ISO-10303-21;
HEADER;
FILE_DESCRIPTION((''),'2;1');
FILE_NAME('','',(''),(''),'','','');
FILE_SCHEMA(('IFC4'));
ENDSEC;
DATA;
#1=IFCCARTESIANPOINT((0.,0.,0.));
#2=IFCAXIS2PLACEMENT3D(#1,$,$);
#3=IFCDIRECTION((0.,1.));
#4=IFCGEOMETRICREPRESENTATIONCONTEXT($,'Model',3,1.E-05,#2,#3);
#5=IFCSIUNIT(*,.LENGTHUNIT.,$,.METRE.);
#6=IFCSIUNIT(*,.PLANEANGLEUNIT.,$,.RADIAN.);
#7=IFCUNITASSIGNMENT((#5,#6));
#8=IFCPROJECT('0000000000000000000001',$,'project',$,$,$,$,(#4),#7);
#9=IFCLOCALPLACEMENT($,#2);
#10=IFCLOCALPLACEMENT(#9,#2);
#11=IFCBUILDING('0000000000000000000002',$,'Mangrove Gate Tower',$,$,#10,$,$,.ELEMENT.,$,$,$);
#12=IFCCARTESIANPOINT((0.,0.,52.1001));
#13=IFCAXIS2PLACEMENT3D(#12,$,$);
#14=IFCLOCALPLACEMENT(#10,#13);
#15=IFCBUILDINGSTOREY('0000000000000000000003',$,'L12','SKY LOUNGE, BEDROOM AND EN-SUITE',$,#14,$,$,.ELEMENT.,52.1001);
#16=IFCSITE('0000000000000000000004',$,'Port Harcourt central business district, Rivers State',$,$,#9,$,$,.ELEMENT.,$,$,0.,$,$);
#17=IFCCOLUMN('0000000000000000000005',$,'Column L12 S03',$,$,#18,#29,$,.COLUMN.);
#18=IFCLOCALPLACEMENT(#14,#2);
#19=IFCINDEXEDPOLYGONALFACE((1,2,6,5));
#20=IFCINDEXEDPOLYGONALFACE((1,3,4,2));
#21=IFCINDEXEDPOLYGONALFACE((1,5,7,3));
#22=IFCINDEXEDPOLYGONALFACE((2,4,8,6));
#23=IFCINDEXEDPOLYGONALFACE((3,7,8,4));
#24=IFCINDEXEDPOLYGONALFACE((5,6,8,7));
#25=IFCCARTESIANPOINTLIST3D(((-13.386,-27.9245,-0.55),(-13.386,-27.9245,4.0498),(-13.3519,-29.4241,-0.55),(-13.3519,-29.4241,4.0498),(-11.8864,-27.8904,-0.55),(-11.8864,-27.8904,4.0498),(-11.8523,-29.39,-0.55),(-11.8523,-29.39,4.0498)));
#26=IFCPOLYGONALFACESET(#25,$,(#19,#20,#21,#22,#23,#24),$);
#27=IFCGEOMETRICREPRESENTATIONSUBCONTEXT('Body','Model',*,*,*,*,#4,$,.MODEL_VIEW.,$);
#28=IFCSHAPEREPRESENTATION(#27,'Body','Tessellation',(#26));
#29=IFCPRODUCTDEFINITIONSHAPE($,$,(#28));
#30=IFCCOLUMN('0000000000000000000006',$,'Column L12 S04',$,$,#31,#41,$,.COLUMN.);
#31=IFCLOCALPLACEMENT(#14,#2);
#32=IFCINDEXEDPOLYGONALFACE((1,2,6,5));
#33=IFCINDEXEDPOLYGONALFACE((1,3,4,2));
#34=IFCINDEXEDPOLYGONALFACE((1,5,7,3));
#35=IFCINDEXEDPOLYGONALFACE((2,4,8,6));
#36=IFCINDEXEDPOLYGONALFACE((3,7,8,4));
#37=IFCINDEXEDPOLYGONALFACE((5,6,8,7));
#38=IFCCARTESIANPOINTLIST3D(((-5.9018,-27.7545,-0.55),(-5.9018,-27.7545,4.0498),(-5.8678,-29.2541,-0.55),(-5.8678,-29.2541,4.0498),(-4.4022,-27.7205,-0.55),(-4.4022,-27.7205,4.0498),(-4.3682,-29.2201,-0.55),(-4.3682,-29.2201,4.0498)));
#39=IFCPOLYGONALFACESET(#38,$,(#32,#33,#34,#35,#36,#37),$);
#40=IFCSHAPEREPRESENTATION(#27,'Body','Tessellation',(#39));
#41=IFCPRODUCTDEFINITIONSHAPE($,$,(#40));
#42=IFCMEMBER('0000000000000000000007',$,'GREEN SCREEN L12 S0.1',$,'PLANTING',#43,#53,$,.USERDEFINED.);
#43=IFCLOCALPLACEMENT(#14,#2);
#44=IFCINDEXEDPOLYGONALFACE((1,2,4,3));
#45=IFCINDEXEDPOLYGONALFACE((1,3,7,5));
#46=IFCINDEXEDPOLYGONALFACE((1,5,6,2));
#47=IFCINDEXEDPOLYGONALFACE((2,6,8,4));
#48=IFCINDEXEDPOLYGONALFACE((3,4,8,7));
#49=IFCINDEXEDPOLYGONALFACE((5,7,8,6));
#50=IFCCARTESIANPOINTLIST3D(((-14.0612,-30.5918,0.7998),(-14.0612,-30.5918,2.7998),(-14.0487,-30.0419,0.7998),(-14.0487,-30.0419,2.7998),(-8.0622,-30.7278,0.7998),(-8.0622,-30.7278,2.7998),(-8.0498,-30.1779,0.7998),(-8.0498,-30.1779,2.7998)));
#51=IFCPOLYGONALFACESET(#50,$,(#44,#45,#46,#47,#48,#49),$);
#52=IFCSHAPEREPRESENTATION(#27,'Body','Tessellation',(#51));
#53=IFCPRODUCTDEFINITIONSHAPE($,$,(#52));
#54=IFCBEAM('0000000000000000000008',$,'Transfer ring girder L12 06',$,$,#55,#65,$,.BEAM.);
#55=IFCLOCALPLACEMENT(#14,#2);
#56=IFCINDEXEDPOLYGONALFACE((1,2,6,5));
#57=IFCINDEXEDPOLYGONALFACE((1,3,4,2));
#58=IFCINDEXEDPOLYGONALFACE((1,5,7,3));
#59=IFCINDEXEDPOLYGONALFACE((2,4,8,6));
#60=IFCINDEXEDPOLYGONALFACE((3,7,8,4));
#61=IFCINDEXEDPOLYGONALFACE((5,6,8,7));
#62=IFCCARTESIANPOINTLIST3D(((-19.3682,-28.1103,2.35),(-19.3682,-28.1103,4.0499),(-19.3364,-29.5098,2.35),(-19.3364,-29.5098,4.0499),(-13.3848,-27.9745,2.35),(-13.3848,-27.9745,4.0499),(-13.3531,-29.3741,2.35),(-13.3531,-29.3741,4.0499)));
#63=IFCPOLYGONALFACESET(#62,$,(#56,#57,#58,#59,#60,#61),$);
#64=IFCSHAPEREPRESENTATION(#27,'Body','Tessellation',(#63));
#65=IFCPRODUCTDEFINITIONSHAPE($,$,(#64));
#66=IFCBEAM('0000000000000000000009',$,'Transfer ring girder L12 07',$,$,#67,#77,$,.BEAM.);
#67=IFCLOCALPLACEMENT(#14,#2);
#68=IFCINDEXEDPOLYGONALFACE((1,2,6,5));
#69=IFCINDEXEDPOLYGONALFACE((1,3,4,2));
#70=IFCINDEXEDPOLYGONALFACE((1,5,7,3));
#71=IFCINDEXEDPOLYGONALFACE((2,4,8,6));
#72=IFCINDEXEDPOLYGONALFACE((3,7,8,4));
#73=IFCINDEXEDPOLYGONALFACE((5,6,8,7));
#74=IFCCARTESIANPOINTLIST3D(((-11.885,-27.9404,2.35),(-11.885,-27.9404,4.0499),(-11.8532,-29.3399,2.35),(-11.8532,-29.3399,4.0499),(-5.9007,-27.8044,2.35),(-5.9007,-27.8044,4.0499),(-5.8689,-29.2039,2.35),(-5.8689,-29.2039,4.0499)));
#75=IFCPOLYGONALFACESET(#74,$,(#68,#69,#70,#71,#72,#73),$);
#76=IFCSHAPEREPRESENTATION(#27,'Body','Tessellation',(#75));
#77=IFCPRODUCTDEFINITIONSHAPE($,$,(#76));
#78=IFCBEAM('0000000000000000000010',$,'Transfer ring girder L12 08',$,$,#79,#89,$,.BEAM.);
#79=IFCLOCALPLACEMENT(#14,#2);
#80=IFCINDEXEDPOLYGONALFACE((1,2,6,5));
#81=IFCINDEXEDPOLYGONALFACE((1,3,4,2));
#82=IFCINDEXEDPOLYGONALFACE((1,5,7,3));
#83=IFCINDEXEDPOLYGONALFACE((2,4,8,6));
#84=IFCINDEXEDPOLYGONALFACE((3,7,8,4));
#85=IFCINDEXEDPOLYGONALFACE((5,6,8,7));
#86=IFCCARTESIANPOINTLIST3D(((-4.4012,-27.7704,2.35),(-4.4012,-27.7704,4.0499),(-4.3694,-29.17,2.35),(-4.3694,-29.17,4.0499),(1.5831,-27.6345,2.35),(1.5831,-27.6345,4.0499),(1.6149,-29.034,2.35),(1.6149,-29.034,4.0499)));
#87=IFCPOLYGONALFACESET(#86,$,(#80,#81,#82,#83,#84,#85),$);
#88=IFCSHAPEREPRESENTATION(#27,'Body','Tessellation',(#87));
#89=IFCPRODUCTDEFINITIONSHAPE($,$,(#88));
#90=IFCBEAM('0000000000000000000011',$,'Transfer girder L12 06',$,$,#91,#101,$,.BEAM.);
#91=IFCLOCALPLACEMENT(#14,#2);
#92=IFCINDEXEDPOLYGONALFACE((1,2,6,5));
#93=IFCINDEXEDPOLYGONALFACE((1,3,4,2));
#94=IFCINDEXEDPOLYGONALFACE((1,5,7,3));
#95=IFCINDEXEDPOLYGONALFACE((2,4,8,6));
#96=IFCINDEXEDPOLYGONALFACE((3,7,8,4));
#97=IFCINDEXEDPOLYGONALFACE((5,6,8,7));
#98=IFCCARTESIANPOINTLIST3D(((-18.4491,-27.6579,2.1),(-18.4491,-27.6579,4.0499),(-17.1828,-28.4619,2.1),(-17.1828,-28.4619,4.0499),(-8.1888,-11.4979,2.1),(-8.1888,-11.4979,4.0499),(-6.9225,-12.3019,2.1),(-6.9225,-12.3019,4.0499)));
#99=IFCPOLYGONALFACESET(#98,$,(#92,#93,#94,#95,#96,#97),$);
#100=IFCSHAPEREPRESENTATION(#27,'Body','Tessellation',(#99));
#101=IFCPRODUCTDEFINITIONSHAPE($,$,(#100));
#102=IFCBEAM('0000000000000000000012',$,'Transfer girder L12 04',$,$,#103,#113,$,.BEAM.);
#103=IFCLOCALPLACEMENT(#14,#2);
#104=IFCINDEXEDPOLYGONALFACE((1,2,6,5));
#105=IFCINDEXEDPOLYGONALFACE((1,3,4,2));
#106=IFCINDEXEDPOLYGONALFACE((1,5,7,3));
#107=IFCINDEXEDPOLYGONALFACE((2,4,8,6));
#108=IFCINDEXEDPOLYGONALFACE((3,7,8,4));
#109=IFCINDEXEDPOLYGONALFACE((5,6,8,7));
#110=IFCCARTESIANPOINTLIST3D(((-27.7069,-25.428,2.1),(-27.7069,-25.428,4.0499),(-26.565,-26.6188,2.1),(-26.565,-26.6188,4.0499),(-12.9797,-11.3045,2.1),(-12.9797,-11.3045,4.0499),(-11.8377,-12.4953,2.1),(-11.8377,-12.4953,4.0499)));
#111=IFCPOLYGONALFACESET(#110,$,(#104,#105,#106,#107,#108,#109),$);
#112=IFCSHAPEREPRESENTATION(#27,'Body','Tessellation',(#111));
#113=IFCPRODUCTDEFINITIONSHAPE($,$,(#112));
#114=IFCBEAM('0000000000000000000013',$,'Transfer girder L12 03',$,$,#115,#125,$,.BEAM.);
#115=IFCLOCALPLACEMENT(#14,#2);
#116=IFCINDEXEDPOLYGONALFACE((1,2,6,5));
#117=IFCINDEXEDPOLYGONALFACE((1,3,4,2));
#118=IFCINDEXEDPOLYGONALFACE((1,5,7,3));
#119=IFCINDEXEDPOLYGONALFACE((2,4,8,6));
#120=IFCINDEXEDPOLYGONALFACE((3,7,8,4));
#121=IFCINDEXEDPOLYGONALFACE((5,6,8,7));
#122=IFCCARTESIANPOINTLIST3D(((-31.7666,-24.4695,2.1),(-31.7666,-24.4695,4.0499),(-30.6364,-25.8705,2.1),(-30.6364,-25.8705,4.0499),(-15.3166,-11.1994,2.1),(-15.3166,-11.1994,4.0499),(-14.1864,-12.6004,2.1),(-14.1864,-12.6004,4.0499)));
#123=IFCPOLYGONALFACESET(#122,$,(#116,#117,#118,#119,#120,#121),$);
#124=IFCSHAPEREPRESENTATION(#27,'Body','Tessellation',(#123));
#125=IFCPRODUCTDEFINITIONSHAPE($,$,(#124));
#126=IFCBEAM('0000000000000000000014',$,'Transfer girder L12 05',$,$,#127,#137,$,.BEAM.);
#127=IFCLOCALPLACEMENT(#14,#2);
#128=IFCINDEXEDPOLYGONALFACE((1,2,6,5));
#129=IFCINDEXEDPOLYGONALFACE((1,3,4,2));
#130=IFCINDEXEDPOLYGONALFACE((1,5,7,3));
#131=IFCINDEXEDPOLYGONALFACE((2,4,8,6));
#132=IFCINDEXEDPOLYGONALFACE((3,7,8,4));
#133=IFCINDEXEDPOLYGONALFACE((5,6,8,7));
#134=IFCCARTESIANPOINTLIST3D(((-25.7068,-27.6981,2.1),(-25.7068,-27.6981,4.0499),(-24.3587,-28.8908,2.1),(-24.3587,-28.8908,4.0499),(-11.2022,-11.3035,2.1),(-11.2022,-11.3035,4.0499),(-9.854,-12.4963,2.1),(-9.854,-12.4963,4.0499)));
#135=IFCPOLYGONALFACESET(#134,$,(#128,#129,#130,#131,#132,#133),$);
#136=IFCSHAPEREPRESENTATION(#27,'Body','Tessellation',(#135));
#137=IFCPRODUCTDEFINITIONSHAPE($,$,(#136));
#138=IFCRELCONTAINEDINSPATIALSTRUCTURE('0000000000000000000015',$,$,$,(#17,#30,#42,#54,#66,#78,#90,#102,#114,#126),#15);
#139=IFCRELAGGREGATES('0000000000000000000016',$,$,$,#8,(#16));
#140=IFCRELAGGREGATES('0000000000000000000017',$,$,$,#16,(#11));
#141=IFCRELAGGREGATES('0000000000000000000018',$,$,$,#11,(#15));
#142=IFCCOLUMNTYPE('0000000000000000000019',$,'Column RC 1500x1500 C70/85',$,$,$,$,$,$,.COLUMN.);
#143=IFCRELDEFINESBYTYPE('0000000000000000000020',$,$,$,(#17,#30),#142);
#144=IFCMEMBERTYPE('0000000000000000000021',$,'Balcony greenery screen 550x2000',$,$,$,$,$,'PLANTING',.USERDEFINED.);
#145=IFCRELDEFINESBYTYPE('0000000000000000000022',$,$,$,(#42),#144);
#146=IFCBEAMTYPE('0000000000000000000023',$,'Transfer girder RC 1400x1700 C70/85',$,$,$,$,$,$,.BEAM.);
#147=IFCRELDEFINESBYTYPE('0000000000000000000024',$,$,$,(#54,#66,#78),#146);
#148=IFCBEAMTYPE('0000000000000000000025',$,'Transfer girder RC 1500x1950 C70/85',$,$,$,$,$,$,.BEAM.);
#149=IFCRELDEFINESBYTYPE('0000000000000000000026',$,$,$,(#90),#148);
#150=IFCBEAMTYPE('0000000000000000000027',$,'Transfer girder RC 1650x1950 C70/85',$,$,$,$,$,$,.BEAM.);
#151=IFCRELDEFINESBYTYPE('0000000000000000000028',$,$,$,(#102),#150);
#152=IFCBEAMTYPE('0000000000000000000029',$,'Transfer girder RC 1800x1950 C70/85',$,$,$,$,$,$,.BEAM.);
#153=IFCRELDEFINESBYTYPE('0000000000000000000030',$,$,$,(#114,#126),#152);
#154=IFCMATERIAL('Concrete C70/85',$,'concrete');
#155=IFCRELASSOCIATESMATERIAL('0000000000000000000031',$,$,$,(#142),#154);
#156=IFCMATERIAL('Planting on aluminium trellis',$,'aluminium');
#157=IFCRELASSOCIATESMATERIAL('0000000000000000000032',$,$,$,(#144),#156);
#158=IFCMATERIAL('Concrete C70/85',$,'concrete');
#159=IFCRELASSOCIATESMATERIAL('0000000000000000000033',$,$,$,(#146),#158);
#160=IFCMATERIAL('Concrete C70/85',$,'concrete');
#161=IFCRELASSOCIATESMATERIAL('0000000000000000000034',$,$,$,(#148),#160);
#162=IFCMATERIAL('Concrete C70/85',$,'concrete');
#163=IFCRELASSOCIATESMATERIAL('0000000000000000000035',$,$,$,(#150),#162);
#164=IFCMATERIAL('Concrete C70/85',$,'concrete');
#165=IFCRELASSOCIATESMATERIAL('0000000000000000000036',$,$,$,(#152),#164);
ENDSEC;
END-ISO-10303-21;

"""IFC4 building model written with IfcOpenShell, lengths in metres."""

from ifc_helpers import new_model, si_unit, direction, frame, origin, origin_2d, place, context, subcontext, project, spatial, rectangle, extrude, material, material_profile, profile_set, type_object, element, save


model = new_model("IFC4")

# Units and contexts
model_context = context("Model", 3, precision=1e-05, world=origin(), true_north=direction((0.0, 1.0)))
body_context = subcontext(model_context, "Body", "Model", "MODEL_VIEW")
ifc_project = project(units=[si_unit("LENGTHUNIT", "METRE"), si_unit("PLANEANGLEUNIT", "RADIAN")], contexts=[model_context])

# Site, building, storey
site_placement = place(None, origin())
site = spatial("IfcSite", under=ifc_project, at=site_placement, Name="Port Harcourt central business district, Rivers State", CompositionType="ELEMENT", RefElevation=0.0)
building_placement = place(site_placement, origin())
building = spatial("IfcBuilding", under=site, at=building_placement, Name="Mangrove Gate Tower", CompositionType="ELEMENT")
storey_placement = place(building_placement, frame((0.0, 0.0, 52.1001)))
storey = spatial("IfcBuildingStorey", under=building, at=storey_placement, Name="L12", Description="SKY LOUNGE, BEDROOM AND EN-SUITE", CompositionType="ELEMENT", Elevation=52.1001)

# Columns
ifc_material_1 = material(Name="Concrete C70/85", Category="concrete")
ifc_material_profile_1 = material_profile(ifc_material_1, rectangle(XDim=1.5, YDim=1.5, at=origin_2d()))
ifc_profile_set_1 = profile_set([ifc_material_profile_1], Name="Concrete C70/85")
column_type = type_object("IfcColumnType", Name="Column RC 1500x1500 C70/85", PredefinedType="COLUMN", material=ifc_profile_set_1)
for number, where, z_axis, x_axis, name in (
    (1, (-12.6191, -28.6572, -0.55), (0.0, 0.0, 1.0), (0.999742, 0.022711, 0.0), "Column L12 S03"),
    (2, (-5.135, -28.4873, -0.55), (0.0, 0.0, 1.0), (0.999742, 0.022709, 0.0), "Column L12 S04"),
):
    element("IfcColumn", number, at=place(storey_placement, frame(where, z_axis=z_axis, x_axis=x_axis)), inside=storey, type_object=column_type, Name=name, PredefinedType="COLUMN", context=body_context, shape_type="SweptSolid", body=[
        extrude(rectangle(XDim=1.5, YDim=1.5, at=origin_2d()), origin(), (0.0, 0.0, 1.0), 4.5999),
    ])

# Member
ifc_material_2 = material(Name="Planting on aluminium trellis", Category="aluminium")
ifc_material_profile_2 = material_profile(ifc_material_2, rectangle(XDim=0.55, YDim=2.0, at=origin_2d()))
ifc_profile_set_2 = profile_set([ifc_material_profile_2], Name="Planting on aluminium trellis")
member_type = type_object("IfcMemberType", Name="Balcony greenery screen 550x2000", ElementType="PLANTING", PredefinedType="USERDEFINED", material=ifc_profile_set_2)
member_placement = place(storey_placement, frame((-14.0549, -30.3169, 1.7998), z_axis=(0.999743, -0.022662, 0.0), x_axis=(0.022662, 0.999743, 0.0)))
element("IfcMember", 3, at=member_placement, inside=storey, type_object=member_type, Name="GREEN SCREEN L12 S0.1", ObjectType="PLANTING", PredefinedType="USERDEFINED", context=body_context, shape_type="SweptSolid", body=[
    extrude(rectangle(XDim=0.55, YDim=2.0, at=origin_2d()), origin(), (0.0, 0.0, 1.0), 6.0005),
])

# Beams
ifc_material_3 = material(Name="Concrete C70/85", Category="concrete")
ifc_material_profile_3 = material_profile(ifc_material_3, rectangle(XDim=1.3999, YDim=1.7, at=origin_2d()))
ifc_profile_set_3 = profile_set([ifc_material_profile_3], Name="Concrete C70/85")
beam_type_1 = type_object("IfcBeamType", Name="Transfer girder RC 1400x1700 C70/85", PredefinedType="BEAM", material=ifc_profile_set_3)
beam_1_placement = place(storey_placement, frame((-19.3523, -28.8101, 3.2), z_axis=(0.999743, 0.022681, 0.0), x_axis=(-0.022681, 0.999743, 0.0)))
element("IfcBeam", 4, at=beam_1_placement, inside=storey, type_object=beam_type_1, Name="Transfer ring girder L12 06", PredefinedType="BEAM", context=body_context, shape_type="SweptSolid", body=[
    extrude(rectangle(XDim=1.3999, YDim=1.7, at=origin_2d()), origin(), (0.0, 0.0, 1.0), 5.9849),
])
for number, where, z_axis, x_axis, name in (
    (5, (-11.8691, -28.6401, 3.2), (0.999742, 0.022718, 0.0), (-0.022718, 0.999742, 0.0), "Transfer ring girder L12 07"),
    (6, (-4.3853, -28.4702, 3.2), (0.999742, 0.022718, 0.0), (-0.022718, 0.999742, 0.0), "Transfer ring girder L12 08"),
):
    element("IfcBeam", number, at=place(storey_placement, frame(where, z_axis=z_axis, x_axis=x_axis)), inside=storey, type_object=beam_type_1, Name=name, PredefinedType="BEAM", context=body_context, shape_type="SweptSolid", body=[
        extrude(rectangle(XDim=1.3999, YDim=1.7, at=origin_2d()), origin(), (0.0, 0.0, 1.0), 5.9858),
    ])
ifc_material_4 = material(Name="Concrete C70/85", Category="concrete")
ifc_material_profile_4 = material_profile(ifc_material_4, rectangle(XDim=1.5, YDim=1.95, at=origin_2d()))
ifc_profile_set_4 = profile_set([ifc_material_profile_4], Name="Concrete C70/85")
beam_type_2 = type_object("IfcBeamType", Name="Transfer girder RC 1500x1950 C70/85", PredefinedType="BEAM", material=ifc_profile_set_4)
beam_2_placement = place(storey_placement, frame((-7.5557, -11.8999, 3.075), z_axis=(-0.536008, -0.844213, 0.0), x_axis=(0.844213, -0.536008, 0.0)))
element("IfcBeam", 7, at=beam_2_placement, inside=storey, type_object=beam_type_2, Name="Transfer girder L12 06", PredefinedType="BEAM", context=body_context, shape_type="SweptSolid", body=[
    extrude(rectangle(XDim=1.5, YDim=1.95, at=origin_2d()), origin(), (0.0, 0.0, 1.0), 19.1421),
])
ifc_material_5 = material(Name="Concrete C70/85", Category="concrete")
ifc_material_profile_5 = material_profile(ifc_material_5, rectangle(XDim=1.6499, YDim=1.95, at=origin_2d()))
ifc_profile_set_5 = profile_set([ifc_material_profile_5], Name="Concrete C70/85")
beam_type_3 = type_object("IfcBeamType", Name="Transfer girder RC 1650x1950 C70/85", PredefinedType="BEAM", material=ifc_profile_set_5)
beam_3_placement = place(storey_placement, frame((-12.4087, -11.8999, 3.075), z_axis=(-0.721746, -0.692158, 0.0), x_axis=(0.692158, -0.721746, 0.0)))
element("IfcBeam", 8, at=beam_3_placement, inside=storey, type_object=beam_type_3, Name="Transfer girder L12 04", PredefinedType="BEAM", context=body_context, shape_type="SweptSolid", body=[
    extrude(rectangle(XDim=1.6499, YDim=1.95, at=origin_2d()), origin(), (0.0, 0.0, 1.0), 20.405),
])
ifc_material_6 = material(Name="Concrete C70/85", Category="concrete")
ifc_material_profile_6 = material_profile(ifc_material_6, rectangle(XDim=1.8, YDim=1.95, at=origin_2d()))
ifc_profile_set_6 = profile_set([ifc_material_profile_6], Name="Concrete C70/85")
beam_type_4 = type_object("IfcBeamType", Name="Transfer girder RC 1800x1950 C70/85", PredefinedType="BEAM", material=ifc_profile_set_6)
beam_4_placement = place(storey_placement, frame((-14.7515, -11.8999, 3.075), z_axis=(-0.778322, -0.627865, 0.0), x_axis=(0.627865, -0.778322, 0.0)))
element("IfcBeam", 9, at=beam_4_placement, inside=storey, type_object=beam_type_4, Name="Transfer girder L12 03", PredefinedType="BEAM", context=body_context, shape_type="SweptSolid", body=[
    extrude(rectangle(XDim=1.8, YDim=1.95, at=origin_2d()), origin(), (0.0, 0.0, 1.0), 21.1353),
])
beam_5_placement = place(storey_placement, frame((-10.5281, -11.8999, 3.075), z_axis=(-0.66262, -0.748956, 0.0), x_axis=(0.748956, -0.66262, 0.0)))
element("IfcBeam", 10, at=beam_5_placement, inside=storey, type_object=beam_type_4, Name="Transfer girder L12 05", PredefinedType="BEAM", context=body_context, shape_type="SweptSolid", body=[
    extrude(rectangle(XDim=1.8, YDim=1.95, at=origin_2d()), origin(), (0.0, 0.0, 1.0), 21.8899),
])

save(model, "model.ifc")
